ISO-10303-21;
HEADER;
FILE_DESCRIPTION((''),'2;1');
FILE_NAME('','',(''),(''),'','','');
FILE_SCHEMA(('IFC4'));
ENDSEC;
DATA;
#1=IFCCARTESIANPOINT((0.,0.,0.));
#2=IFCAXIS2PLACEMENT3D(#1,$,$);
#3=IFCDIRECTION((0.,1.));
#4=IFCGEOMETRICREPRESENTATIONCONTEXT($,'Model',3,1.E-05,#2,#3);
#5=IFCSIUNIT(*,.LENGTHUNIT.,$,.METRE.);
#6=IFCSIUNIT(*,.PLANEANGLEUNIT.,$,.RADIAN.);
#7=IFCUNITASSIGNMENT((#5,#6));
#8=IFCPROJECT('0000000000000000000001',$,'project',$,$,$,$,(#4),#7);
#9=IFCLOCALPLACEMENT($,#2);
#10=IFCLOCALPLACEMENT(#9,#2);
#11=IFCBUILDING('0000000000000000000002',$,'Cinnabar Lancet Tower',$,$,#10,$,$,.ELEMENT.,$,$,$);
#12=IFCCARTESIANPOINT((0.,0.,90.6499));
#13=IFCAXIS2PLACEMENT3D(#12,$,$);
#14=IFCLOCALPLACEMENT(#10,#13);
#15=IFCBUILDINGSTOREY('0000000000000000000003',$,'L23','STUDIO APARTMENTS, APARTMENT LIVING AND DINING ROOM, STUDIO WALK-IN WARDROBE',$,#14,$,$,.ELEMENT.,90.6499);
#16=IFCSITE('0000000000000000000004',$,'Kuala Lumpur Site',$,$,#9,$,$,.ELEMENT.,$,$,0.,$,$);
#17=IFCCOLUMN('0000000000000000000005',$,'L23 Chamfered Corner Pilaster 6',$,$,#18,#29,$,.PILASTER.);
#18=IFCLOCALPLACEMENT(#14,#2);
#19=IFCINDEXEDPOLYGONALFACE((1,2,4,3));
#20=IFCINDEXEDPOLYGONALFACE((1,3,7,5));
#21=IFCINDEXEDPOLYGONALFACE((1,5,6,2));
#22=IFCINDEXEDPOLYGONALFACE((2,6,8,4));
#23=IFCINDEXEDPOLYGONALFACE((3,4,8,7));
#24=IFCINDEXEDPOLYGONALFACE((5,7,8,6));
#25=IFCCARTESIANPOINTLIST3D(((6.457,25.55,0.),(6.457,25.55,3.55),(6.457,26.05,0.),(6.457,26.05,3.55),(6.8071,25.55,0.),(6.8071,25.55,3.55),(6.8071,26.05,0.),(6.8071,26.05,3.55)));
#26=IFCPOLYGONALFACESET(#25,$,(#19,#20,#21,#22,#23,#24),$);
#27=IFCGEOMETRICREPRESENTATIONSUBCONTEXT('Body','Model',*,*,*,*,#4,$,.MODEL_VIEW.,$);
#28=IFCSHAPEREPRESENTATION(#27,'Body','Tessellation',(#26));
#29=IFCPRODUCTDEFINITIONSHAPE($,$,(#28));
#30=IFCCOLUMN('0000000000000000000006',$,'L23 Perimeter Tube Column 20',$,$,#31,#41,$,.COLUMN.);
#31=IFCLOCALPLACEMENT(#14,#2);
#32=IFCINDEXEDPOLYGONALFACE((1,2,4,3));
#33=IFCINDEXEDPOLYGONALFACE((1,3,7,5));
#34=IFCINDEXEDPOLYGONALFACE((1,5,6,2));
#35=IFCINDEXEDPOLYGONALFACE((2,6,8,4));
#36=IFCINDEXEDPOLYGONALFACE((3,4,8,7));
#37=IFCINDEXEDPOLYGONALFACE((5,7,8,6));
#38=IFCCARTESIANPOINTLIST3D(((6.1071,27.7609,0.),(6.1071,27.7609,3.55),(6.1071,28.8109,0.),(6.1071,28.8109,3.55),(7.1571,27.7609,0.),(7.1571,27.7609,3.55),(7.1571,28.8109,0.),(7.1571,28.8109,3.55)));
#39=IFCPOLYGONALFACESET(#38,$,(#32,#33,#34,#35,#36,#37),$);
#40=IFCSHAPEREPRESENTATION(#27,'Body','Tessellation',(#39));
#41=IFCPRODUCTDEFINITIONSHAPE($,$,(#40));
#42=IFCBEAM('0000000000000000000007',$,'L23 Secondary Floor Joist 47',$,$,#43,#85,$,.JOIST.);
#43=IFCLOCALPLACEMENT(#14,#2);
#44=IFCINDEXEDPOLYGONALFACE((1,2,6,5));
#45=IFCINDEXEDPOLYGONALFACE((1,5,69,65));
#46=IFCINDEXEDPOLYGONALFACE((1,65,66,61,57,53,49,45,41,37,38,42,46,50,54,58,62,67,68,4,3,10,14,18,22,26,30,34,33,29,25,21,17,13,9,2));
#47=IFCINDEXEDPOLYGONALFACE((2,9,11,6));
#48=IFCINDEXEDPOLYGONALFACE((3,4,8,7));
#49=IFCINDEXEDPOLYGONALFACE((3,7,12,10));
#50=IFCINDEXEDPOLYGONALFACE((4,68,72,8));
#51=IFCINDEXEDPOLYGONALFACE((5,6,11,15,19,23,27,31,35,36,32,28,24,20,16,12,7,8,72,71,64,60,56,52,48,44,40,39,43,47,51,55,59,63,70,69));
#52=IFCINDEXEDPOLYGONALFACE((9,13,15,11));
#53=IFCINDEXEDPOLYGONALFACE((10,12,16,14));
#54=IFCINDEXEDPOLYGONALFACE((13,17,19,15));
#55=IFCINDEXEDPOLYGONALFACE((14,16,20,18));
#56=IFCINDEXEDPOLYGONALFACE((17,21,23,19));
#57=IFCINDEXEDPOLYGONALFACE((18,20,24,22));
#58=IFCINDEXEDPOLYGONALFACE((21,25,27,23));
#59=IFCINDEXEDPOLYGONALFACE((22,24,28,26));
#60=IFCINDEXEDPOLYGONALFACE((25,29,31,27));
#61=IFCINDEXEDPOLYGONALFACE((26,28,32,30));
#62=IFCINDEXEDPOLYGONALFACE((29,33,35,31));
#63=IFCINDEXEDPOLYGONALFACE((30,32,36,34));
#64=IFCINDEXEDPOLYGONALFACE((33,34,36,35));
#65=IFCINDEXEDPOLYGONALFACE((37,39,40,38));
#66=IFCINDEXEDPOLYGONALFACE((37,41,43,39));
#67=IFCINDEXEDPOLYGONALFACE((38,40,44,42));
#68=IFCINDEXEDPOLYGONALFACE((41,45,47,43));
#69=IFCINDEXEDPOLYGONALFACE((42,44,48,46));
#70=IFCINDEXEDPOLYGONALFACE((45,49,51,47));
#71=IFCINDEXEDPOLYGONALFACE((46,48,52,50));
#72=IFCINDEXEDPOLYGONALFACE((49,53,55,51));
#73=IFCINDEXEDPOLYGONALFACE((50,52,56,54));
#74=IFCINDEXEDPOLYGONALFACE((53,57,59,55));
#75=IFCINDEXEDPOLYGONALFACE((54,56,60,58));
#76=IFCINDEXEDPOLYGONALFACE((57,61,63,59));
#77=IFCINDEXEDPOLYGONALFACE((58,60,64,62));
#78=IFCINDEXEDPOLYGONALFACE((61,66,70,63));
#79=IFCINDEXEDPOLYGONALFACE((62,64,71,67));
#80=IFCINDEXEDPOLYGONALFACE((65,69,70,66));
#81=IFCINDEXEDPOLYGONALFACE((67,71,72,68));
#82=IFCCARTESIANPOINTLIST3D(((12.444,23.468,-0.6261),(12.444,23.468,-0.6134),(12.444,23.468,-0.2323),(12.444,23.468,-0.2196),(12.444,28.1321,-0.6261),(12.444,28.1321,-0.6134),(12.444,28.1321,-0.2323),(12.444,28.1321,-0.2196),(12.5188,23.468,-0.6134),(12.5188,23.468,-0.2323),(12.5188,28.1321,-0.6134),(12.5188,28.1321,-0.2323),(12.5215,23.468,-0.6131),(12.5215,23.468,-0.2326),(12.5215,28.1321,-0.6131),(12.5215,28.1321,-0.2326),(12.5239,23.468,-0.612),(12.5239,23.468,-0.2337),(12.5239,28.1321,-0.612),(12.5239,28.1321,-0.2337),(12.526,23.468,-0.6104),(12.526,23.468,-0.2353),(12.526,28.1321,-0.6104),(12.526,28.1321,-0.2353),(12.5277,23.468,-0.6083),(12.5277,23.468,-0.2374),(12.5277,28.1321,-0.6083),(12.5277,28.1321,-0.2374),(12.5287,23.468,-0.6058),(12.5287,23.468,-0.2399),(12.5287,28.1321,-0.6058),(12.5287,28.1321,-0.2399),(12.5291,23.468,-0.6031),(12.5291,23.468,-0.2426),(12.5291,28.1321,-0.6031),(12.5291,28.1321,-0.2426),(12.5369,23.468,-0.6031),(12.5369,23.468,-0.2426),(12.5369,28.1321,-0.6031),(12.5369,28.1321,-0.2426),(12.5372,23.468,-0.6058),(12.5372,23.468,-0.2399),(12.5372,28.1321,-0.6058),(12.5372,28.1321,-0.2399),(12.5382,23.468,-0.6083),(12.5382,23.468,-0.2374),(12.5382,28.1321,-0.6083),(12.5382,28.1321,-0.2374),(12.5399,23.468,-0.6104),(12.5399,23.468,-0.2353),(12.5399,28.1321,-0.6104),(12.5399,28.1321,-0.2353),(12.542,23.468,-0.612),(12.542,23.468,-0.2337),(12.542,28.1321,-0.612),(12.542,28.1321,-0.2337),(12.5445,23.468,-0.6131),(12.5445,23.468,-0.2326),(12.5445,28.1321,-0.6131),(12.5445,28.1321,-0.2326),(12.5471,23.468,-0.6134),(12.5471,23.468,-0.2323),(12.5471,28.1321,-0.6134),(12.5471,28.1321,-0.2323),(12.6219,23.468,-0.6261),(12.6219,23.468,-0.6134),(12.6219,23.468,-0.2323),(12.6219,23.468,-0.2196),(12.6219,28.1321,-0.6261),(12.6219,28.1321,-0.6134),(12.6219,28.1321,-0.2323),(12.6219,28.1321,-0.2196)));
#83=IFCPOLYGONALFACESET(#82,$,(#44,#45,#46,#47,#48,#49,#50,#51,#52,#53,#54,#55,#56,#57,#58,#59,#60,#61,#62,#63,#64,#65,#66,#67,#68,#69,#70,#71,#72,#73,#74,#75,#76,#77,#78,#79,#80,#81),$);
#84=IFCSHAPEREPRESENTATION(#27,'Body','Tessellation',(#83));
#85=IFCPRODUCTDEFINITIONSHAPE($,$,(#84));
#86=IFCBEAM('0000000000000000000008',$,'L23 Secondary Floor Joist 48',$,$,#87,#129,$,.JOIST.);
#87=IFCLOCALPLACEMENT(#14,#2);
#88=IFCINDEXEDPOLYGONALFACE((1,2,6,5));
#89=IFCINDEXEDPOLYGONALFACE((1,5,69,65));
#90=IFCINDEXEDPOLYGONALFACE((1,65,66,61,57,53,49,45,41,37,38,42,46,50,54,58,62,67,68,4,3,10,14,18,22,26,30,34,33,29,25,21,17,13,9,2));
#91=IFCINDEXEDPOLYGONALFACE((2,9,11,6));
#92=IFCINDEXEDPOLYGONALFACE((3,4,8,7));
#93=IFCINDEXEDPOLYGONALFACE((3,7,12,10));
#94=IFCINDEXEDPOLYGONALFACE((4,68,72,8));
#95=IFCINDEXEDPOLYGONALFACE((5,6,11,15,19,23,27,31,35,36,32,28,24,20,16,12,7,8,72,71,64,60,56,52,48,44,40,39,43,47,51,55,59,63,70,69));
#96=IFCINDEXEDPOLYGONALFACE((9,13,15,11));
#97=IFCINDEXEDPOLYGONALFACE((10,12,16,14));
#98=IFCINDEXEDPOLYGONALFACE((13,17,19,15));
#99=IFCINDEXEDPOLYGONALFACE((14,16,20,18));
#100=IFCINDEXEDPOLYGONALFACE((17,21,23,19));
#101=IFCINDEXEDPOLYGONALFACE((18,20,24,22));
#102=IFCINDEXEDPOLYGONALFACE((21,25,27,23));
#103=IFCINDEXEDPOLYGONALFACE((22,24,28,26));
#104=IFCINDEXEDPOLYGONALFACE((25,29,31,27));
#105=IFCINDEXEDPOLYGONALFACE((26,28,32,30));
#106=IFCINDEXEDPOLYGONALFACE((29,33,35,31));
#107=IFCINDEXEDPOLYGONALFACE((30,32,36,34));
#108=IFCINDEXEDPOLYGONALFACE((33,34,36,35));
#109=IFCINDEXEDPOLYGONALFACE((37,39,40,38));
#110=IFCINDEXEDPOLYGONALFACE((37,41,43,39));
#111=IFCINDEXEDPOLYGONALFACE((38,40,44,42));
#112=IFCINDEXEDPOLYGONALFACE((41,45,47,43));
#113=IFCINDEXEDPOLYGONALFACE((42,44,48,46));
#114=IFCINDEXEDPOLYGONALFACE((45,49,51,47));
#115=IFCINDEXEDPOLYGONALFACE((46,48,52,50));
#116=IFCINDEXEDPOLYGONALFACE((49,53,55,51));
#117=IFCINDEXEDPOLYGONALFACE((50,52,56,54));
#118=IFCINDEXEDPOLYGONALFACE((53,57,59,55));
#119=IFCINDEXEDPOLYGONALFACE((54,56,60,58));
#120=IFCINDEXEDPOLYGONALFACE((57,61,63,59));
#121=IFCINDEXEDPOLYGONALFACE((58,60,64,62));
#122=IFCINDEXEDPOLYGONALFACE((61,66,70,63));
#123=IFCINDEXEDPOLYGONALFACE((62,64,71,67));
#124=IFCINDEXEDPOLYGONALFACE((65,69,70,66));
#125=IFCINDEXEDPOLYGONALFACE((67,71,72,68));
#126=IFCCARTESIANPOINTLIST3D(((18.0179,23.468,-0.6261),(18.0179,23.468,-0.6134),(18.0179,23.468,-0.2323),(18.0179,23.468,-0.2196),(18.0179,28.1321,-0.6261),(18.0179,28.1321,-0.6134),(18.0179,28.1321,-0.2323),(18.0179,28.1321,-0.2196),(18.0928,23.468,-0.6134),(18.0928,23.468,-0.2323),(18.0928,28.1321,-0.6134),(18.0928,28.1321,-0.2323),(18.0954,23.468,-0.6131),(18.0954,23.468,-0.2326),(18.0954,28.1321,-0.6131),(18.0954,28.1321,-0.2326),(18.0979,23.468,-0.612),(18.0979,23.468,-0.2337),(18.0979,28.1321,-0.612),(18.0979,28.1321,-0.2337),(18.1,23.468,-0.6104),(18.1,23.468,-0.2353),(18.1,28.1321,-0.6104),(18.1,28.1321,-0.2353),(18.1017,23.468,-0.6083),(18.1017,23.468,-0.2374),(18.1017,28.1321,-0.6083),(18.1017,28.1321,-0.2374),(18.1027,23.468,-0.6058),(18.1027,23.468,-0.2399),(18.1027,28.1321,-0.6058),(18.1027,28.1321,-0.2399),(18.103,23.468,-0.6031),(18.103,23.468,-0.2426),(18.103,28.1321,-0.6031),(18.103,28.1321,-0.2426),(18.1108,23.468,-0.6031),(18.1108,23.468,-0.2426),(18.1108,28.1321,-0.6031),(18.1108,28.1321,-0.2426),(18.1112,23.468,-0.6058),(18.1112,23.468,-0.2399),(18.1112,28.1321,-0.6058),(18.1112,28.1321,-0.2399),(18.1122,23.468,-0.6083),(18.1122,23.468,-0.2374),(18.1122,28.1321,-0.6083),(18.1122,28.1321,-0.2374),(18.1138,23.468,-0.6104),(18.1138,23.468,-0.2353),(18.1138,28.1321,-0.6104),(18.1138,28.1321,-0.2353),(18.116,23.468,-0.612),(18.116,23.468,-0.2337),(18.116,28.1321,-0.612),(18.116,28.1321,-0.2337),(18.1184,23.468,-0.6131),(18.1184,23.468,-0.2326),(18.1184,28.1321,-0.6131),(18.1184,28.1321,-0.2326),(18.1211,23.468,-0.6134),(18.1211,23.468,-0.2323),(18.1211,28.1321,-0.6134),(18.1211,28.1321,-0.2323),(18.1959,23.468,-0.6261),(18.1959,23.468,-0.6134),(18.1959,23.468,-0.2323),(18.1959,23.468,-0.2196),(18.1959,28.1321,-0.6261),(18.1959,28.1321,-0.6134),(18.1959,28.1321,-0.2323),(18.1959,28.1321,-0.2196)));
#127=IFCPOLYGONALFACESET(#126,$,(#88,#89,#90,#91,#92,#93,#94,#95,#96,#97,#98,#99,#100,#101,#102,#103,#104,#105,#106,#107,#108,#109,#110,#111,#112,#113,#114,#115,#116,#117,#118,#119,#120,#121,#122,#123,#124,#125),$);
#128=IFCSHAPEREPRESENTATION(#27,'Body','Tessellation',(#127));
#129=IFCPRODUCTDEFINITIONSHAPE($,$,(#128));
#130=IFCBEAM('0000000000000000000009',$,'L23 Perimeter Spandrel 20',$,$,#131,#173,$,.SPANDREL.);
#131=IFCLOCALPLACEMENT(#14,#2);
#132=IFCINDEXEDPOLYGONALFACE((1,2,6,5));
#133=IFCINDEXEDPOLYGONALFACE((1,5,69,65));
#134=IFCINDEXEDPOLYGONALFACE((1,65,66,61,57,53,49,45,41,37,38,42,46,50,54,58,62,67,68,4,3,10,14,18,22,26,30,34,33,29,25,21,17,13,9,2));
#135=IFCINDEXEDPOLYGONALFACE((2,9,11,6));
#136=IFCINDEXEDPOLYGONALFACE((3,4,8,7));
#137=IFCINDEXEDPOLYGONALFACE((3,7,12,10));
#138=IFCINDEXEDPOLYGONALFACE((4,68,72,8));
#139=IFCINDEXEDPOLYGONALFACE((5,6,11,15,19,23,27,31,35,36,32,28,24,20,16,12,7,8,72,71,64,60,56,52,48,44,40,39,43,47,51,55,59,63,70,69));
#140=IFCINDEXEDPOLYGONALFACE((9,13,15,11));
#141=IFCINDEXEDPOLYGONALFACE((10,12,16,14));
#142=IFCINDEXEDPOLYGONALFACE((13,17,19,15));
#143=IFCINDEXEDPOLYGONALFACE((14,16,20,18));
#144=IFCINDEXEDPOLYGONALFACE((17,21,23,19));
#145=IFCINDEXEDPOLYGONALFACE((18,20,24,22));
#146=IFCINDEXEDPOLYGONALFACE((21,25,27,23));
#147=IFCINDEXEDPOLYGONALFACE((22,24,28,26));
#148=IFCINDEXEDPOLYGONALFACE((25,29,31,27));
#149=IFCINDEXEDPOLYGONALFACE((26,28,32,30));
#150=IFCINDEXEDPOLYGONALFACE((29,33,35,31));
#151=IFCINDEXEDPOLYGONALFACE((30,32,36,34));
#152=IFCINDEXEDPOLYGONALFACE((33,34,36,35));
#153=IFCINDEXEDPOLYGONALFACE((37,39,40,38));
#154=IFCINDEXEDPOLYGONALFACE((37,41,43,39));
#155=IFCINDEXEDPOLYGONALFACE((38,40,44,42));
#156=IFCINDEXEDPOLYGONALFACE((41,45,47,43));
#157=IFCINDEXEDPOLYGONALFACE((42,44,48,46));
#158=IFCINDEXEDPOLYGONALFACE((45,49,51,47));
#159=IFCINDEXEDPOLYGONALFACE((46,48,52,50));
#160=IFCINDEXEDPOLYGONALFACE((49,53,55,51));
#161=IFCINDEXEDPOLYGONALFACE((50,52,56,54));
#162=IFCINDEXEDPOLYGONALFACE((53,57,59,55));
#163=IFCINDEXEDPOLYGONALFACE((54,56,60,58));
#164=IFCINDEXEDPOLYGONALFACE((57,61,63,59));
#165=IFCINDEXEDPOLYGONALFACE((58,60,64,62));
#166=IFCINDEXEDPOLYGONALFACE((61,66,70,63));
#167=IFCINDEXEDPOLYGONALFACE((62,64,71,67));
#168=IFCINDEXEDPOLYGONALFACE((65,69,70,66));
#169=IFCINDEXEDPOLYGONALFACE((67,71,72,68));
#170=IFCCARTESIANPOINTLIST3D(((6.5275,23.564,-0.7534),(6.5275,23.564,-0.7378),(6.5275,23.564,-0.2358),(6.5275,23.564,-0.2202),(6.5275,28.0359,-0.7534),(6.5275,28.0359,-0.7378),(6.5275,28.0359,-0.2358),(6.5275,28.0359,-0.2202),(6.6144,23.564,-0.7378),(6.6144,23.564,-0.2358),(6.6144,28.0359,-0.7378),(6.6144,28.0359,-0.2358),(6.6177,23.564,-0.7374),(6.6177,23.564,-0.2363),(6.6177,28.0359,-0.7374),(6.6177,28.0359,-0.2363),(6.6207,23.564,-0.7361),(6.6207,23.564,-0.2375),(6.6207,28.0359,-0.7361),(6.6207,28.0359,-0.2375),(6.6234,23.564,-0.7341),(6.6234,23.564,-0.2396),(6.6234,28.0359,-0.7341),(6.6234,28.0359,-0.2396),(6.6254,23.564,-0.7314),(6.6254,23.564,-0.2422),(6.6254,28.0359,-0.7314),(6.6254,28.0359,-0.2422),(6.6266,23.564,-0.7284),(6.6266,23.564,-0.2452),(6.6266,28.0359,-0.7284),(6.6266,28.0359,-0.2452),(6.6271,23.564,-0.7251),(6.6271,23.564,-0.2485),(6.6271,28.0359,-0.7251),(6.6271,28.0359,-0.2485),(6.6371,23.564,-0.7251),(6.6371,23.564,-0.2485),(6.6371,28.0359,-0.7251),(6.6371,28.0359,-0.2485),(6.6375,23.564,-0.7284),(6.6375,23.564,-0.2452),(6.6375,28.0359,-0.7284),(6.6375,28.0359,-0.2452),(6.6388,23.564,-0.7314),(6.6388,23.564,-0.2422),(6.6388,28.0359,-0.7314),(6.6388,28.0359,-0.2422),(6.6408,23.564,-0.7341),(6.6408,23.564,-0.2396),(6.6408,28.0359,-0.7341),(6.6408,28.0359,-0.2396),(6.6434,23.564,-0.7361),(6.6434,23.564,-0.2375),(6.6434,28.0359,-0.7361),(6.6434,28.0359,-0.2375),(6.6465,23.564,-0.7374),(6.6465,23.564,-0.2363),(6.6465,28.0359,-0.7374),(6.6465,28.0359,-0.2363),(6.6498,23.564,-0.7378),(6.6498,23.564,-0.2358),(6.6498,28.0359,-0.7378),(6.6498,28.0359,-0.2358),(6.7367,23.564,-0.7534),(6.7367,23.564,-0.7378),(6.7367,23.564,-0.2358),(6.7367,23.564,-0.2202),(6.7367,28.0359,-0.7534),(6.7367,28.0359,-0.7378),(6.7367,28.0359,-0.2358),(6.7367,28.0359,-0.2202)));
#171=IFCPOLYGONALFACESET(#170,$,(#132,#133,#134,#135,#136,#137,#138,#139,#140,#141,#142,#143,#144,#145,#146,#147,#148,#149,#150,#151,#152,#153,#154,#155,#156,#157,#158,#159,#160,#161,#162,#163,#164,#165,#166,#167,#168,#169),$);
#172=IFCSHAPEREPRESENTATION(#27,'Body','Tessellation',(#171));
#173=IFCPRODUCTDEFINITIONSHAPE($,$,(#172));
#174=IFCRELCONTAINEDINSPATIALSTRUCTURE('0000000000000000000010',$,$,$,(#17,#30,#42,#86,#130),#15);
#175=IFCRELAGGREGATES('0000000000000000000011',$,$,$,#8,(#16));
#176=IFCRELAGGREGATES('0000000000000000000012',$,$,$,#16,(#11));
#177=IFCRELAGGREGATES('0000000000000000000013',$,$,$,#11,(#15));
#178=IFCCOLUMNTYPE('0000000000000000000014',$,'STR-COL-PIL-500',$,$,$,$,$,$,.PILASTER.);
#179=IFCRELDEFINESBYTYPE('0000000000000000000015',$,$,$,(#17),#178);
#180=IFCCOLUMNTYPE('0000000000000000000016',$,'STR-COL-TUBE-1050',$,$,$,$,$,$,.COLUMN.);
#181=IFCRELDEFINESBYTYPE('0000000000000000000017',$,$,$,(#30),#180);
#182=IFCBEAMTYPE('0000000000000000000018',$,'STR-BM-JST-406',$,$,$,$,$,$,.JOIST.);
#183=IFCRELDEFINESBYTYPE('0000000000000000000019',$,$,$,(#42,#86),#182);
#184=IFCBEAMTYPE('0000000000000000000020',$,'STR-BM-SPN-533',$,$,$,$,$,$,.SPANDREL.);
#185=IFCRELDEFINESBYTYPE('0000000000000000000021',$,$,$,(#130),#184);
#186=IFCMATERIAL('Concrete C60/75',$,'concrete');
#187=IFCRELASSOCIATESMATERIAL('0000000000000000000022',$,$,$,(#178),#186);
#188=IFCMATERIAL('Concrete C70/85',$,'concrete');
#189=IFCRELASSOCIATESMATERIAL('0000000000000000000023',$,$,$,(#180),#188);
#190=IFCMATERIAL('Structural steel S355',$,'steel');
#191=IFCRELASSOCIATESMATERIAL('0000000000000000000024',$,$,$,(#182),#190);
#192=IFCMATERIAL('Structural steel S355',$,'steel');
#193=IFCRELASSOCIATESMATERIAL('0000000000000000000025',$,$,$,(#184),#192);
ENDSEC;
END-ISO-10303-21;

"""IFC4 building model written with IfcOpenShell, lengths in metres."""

from ifc_helpers import new_model, si_unit, direction, frame, origin, origin_2d, place, context, subcontext, project, spatial, rectangle, i_section, extrude, material, material_profile, profile_set, type_object, element, save


model = new_model("IFC4")

# Units and contexts
model_context = context("Model", 3, precision=1e-05, world=origin(), true_north=direction((0.0, 1.0)))
body_context = subcontext(model_context, "Body", "Model", "MODEL_VIEW")
ifc_project = project(units=[si_unit("LENGTHUNIT", "METRE"), si_unit("PLANEANGLEUNIT", "RADIAN")], contexts=[model_context])

# Site, building, storey
site_placement = place(None, origin())
site = spatial("IfcSite", under=ifc_project, at=site_placement, Name="Kuala Lumpur Site", CompositionType="ELEMENT", RefElevation=0.0)
building_placement = place(site_placement, origin())
building = spatial("IfcBuilding", under=site, at=building_placement, Name="Cinnabar Lancet Tower", CompositionType="ELEMENT")
storey_placement = place(building_placement, frame((0.0, 0.0, 90.6499)))
storey = spatial("IfcBuildingStorey", under=building, at=storey_placement, Name="L23", Description="STUDIO APARTMENTS, APARTMENT LIVING AND DINING ROOM, STUDIO WALK-IN WARDROBE", CompositionType="ELEMENT", Elevation=90.6499)

# Columns
ifc_material_1 = material(Name="Concrete C60/75", Category="concrete")
ifc_material_profile_1 = material_profile(ifc_material_1, rectangle(XDim=0.5, YDim=0.3501, at=origin_2d()), Name="RC-PIL 500x350")
ifc_profile_set_1 = profile_set([ifc_material_profile_1], Name="Concrete C60/75")
column_type_1 = type_object("IfcColumnType", Name="STR-COL-PIL-500", PredefinedType="PILASTER", material=ifc_profile_set_1)
column_1_placement = place(storey_placement, frame((6.6321, 25.8, 0.0), z_axis=(0.0, 0.0, 1.0), x_axis=(0.0, -1.0, 0.0)))
element("IfcColumn", 1, at=column_1_placement, inside=storey, type_object=column_type_1, Name="L23 Chamfered Corner Pilaster 6", PredefinedType="PILASTER", context=body_context, shape_type="SweptSolid", body=[
    extrude(rectangle(XDim=0.5, YDim=0.3501, at=origin_2d()), origin(), (0.0, 0.0, 1.0), 3.55),
])
ifc_material_2 = material(Name="Concrete C70/85", Category="concrete")
ifc_material_profile_2 = material_profile(ifc_material_2, rectangle(XDim=1.05, YDim=1.05, at=origin_2d()), Name="RC-COL 1050x1050")
ifc_profile_set_2 = profile_set([ifc_material_profile_2], Name="Concrete C70/85")
column_type_2 = type_object("IfcColumnType", Name="STR-COL-TUBE-1050", PredefinedType="COLUMN", material=ifc_profile_set_2)
column_2_placement = place(storey_placement, frame((6.6321, 28.2859, 0.0), z_axis=(0.0, 0.0, 1.0), x_axis=(1.0, 0.0, 0.0)))
element("IfcColumn", 2, at=column_2_placement, inside=storey, type_object=column_type_2, Name="L23 Perimeter Tube Column 20", PredefinedType="COLUMN", context=body_context, shape_type="SweptSolid", body=[
    extrude(rectangle(XDim=1.05, YDim=1.05, at=origin_2d()), origin(), (0.0, 0.0, 1.0), 3.55),
])

# Beams
ifc_material_3 = material(Name="Structural steel S355", Category="steel")
ifc_material_profile_3 = material_profile(ifc_material_3, i_section(OverallWidth=0.178, OverallDepth=0.4065, WebThickness=0.0078, FlangeThickness=0.0127, FilletRadius=0.0103, at=origin_2d()), Name="UKB 406x178x60")
ifc_profile_set_3 = profile_set([ifc_material_profile_3], Name="Structural steel S355")
beam_type_1 = type_object("IfcBeamType", Name="STR-BM-JST-406", PredefinedType="JOIST", material=ifc_profile_set_3)
for number, where, z_axis, x_axis, name in (
    (3, (12.533, 28.1321, -0.4229), (0.0, -1.0, 0.0), (1.0, 0.0, 0.0), "L23 Secondary Floor Joist 47"),
    (4, (18.1069, 28.1321, -0.4229), (0.0, -1.0, 0.0), (1.0, 0.0, 0.0), "L23 Secondary Floor Joist 48"),
):
    element("IfcBeam", number, at=place(storey_placement, frame(where, z_axis=z_axis, x_axis=x_axis)), inside=storey, type_object=beam_type_1, Name=name, PredefinedType="JOIST", context=body_context, shape_type="SweptSolid", body=[
        extrude(i_section(OverallWidth=0.178, OverallDepth=0.4065, WebThickness=0.0078, FlangeThickness=0.0127, FilletRadius=0.0103, at=origin_2d()), origin(), (0.0, 0.0, 1.0), 4.6641),
    ])
ifc_material_4 = material(Name="Structural steel S355", Category="steel")
ifc_material_profile_4 = material_profile(ifc_material_4, i_section(OverallWidth=0.2092, OverallDepth=0.5332, WebThickness=0.01, FlangeThickness=0.0156, FilletRadius=0.0127, at=origin_2d()), Name="UKB 533x210x92")
ifc_profile_set_4 = profile_set([ifc_material_profile_4], Name="Structural steel S355")
beam_type_2 = type_object("IfcBeamType", Name="STR-BM-SPN-533", PredefinedType="SPANDREL", material=ifc_profile_set_4)
beam_1_placement = place(storey_placement, frame((6.6321, 28.0359, -0.4868), z_axis=(0.0, -1.0, 0.0), x_axis=(1.0, 0.0, 0.0)))
element("IfcBeam", 5, at=beam_1_placement, inside=storey, type_object=beam_type_2, Name="L23 Perimeter Spandrel 20", PredefinedType="SPANDREL", context=body_context, shape_type="SweptSolid", body=[
    extrude(i_section(OverallWidth=0.2092, OverallDepth=0.5332, WebThickness=0.01, FlangeThickness=0.0156, FilletRadius=0.0127, at=origin_2d()), origin(), (0.0, 0.0, 1.0), 4.4719),
])

save(model, "model.ifc")
